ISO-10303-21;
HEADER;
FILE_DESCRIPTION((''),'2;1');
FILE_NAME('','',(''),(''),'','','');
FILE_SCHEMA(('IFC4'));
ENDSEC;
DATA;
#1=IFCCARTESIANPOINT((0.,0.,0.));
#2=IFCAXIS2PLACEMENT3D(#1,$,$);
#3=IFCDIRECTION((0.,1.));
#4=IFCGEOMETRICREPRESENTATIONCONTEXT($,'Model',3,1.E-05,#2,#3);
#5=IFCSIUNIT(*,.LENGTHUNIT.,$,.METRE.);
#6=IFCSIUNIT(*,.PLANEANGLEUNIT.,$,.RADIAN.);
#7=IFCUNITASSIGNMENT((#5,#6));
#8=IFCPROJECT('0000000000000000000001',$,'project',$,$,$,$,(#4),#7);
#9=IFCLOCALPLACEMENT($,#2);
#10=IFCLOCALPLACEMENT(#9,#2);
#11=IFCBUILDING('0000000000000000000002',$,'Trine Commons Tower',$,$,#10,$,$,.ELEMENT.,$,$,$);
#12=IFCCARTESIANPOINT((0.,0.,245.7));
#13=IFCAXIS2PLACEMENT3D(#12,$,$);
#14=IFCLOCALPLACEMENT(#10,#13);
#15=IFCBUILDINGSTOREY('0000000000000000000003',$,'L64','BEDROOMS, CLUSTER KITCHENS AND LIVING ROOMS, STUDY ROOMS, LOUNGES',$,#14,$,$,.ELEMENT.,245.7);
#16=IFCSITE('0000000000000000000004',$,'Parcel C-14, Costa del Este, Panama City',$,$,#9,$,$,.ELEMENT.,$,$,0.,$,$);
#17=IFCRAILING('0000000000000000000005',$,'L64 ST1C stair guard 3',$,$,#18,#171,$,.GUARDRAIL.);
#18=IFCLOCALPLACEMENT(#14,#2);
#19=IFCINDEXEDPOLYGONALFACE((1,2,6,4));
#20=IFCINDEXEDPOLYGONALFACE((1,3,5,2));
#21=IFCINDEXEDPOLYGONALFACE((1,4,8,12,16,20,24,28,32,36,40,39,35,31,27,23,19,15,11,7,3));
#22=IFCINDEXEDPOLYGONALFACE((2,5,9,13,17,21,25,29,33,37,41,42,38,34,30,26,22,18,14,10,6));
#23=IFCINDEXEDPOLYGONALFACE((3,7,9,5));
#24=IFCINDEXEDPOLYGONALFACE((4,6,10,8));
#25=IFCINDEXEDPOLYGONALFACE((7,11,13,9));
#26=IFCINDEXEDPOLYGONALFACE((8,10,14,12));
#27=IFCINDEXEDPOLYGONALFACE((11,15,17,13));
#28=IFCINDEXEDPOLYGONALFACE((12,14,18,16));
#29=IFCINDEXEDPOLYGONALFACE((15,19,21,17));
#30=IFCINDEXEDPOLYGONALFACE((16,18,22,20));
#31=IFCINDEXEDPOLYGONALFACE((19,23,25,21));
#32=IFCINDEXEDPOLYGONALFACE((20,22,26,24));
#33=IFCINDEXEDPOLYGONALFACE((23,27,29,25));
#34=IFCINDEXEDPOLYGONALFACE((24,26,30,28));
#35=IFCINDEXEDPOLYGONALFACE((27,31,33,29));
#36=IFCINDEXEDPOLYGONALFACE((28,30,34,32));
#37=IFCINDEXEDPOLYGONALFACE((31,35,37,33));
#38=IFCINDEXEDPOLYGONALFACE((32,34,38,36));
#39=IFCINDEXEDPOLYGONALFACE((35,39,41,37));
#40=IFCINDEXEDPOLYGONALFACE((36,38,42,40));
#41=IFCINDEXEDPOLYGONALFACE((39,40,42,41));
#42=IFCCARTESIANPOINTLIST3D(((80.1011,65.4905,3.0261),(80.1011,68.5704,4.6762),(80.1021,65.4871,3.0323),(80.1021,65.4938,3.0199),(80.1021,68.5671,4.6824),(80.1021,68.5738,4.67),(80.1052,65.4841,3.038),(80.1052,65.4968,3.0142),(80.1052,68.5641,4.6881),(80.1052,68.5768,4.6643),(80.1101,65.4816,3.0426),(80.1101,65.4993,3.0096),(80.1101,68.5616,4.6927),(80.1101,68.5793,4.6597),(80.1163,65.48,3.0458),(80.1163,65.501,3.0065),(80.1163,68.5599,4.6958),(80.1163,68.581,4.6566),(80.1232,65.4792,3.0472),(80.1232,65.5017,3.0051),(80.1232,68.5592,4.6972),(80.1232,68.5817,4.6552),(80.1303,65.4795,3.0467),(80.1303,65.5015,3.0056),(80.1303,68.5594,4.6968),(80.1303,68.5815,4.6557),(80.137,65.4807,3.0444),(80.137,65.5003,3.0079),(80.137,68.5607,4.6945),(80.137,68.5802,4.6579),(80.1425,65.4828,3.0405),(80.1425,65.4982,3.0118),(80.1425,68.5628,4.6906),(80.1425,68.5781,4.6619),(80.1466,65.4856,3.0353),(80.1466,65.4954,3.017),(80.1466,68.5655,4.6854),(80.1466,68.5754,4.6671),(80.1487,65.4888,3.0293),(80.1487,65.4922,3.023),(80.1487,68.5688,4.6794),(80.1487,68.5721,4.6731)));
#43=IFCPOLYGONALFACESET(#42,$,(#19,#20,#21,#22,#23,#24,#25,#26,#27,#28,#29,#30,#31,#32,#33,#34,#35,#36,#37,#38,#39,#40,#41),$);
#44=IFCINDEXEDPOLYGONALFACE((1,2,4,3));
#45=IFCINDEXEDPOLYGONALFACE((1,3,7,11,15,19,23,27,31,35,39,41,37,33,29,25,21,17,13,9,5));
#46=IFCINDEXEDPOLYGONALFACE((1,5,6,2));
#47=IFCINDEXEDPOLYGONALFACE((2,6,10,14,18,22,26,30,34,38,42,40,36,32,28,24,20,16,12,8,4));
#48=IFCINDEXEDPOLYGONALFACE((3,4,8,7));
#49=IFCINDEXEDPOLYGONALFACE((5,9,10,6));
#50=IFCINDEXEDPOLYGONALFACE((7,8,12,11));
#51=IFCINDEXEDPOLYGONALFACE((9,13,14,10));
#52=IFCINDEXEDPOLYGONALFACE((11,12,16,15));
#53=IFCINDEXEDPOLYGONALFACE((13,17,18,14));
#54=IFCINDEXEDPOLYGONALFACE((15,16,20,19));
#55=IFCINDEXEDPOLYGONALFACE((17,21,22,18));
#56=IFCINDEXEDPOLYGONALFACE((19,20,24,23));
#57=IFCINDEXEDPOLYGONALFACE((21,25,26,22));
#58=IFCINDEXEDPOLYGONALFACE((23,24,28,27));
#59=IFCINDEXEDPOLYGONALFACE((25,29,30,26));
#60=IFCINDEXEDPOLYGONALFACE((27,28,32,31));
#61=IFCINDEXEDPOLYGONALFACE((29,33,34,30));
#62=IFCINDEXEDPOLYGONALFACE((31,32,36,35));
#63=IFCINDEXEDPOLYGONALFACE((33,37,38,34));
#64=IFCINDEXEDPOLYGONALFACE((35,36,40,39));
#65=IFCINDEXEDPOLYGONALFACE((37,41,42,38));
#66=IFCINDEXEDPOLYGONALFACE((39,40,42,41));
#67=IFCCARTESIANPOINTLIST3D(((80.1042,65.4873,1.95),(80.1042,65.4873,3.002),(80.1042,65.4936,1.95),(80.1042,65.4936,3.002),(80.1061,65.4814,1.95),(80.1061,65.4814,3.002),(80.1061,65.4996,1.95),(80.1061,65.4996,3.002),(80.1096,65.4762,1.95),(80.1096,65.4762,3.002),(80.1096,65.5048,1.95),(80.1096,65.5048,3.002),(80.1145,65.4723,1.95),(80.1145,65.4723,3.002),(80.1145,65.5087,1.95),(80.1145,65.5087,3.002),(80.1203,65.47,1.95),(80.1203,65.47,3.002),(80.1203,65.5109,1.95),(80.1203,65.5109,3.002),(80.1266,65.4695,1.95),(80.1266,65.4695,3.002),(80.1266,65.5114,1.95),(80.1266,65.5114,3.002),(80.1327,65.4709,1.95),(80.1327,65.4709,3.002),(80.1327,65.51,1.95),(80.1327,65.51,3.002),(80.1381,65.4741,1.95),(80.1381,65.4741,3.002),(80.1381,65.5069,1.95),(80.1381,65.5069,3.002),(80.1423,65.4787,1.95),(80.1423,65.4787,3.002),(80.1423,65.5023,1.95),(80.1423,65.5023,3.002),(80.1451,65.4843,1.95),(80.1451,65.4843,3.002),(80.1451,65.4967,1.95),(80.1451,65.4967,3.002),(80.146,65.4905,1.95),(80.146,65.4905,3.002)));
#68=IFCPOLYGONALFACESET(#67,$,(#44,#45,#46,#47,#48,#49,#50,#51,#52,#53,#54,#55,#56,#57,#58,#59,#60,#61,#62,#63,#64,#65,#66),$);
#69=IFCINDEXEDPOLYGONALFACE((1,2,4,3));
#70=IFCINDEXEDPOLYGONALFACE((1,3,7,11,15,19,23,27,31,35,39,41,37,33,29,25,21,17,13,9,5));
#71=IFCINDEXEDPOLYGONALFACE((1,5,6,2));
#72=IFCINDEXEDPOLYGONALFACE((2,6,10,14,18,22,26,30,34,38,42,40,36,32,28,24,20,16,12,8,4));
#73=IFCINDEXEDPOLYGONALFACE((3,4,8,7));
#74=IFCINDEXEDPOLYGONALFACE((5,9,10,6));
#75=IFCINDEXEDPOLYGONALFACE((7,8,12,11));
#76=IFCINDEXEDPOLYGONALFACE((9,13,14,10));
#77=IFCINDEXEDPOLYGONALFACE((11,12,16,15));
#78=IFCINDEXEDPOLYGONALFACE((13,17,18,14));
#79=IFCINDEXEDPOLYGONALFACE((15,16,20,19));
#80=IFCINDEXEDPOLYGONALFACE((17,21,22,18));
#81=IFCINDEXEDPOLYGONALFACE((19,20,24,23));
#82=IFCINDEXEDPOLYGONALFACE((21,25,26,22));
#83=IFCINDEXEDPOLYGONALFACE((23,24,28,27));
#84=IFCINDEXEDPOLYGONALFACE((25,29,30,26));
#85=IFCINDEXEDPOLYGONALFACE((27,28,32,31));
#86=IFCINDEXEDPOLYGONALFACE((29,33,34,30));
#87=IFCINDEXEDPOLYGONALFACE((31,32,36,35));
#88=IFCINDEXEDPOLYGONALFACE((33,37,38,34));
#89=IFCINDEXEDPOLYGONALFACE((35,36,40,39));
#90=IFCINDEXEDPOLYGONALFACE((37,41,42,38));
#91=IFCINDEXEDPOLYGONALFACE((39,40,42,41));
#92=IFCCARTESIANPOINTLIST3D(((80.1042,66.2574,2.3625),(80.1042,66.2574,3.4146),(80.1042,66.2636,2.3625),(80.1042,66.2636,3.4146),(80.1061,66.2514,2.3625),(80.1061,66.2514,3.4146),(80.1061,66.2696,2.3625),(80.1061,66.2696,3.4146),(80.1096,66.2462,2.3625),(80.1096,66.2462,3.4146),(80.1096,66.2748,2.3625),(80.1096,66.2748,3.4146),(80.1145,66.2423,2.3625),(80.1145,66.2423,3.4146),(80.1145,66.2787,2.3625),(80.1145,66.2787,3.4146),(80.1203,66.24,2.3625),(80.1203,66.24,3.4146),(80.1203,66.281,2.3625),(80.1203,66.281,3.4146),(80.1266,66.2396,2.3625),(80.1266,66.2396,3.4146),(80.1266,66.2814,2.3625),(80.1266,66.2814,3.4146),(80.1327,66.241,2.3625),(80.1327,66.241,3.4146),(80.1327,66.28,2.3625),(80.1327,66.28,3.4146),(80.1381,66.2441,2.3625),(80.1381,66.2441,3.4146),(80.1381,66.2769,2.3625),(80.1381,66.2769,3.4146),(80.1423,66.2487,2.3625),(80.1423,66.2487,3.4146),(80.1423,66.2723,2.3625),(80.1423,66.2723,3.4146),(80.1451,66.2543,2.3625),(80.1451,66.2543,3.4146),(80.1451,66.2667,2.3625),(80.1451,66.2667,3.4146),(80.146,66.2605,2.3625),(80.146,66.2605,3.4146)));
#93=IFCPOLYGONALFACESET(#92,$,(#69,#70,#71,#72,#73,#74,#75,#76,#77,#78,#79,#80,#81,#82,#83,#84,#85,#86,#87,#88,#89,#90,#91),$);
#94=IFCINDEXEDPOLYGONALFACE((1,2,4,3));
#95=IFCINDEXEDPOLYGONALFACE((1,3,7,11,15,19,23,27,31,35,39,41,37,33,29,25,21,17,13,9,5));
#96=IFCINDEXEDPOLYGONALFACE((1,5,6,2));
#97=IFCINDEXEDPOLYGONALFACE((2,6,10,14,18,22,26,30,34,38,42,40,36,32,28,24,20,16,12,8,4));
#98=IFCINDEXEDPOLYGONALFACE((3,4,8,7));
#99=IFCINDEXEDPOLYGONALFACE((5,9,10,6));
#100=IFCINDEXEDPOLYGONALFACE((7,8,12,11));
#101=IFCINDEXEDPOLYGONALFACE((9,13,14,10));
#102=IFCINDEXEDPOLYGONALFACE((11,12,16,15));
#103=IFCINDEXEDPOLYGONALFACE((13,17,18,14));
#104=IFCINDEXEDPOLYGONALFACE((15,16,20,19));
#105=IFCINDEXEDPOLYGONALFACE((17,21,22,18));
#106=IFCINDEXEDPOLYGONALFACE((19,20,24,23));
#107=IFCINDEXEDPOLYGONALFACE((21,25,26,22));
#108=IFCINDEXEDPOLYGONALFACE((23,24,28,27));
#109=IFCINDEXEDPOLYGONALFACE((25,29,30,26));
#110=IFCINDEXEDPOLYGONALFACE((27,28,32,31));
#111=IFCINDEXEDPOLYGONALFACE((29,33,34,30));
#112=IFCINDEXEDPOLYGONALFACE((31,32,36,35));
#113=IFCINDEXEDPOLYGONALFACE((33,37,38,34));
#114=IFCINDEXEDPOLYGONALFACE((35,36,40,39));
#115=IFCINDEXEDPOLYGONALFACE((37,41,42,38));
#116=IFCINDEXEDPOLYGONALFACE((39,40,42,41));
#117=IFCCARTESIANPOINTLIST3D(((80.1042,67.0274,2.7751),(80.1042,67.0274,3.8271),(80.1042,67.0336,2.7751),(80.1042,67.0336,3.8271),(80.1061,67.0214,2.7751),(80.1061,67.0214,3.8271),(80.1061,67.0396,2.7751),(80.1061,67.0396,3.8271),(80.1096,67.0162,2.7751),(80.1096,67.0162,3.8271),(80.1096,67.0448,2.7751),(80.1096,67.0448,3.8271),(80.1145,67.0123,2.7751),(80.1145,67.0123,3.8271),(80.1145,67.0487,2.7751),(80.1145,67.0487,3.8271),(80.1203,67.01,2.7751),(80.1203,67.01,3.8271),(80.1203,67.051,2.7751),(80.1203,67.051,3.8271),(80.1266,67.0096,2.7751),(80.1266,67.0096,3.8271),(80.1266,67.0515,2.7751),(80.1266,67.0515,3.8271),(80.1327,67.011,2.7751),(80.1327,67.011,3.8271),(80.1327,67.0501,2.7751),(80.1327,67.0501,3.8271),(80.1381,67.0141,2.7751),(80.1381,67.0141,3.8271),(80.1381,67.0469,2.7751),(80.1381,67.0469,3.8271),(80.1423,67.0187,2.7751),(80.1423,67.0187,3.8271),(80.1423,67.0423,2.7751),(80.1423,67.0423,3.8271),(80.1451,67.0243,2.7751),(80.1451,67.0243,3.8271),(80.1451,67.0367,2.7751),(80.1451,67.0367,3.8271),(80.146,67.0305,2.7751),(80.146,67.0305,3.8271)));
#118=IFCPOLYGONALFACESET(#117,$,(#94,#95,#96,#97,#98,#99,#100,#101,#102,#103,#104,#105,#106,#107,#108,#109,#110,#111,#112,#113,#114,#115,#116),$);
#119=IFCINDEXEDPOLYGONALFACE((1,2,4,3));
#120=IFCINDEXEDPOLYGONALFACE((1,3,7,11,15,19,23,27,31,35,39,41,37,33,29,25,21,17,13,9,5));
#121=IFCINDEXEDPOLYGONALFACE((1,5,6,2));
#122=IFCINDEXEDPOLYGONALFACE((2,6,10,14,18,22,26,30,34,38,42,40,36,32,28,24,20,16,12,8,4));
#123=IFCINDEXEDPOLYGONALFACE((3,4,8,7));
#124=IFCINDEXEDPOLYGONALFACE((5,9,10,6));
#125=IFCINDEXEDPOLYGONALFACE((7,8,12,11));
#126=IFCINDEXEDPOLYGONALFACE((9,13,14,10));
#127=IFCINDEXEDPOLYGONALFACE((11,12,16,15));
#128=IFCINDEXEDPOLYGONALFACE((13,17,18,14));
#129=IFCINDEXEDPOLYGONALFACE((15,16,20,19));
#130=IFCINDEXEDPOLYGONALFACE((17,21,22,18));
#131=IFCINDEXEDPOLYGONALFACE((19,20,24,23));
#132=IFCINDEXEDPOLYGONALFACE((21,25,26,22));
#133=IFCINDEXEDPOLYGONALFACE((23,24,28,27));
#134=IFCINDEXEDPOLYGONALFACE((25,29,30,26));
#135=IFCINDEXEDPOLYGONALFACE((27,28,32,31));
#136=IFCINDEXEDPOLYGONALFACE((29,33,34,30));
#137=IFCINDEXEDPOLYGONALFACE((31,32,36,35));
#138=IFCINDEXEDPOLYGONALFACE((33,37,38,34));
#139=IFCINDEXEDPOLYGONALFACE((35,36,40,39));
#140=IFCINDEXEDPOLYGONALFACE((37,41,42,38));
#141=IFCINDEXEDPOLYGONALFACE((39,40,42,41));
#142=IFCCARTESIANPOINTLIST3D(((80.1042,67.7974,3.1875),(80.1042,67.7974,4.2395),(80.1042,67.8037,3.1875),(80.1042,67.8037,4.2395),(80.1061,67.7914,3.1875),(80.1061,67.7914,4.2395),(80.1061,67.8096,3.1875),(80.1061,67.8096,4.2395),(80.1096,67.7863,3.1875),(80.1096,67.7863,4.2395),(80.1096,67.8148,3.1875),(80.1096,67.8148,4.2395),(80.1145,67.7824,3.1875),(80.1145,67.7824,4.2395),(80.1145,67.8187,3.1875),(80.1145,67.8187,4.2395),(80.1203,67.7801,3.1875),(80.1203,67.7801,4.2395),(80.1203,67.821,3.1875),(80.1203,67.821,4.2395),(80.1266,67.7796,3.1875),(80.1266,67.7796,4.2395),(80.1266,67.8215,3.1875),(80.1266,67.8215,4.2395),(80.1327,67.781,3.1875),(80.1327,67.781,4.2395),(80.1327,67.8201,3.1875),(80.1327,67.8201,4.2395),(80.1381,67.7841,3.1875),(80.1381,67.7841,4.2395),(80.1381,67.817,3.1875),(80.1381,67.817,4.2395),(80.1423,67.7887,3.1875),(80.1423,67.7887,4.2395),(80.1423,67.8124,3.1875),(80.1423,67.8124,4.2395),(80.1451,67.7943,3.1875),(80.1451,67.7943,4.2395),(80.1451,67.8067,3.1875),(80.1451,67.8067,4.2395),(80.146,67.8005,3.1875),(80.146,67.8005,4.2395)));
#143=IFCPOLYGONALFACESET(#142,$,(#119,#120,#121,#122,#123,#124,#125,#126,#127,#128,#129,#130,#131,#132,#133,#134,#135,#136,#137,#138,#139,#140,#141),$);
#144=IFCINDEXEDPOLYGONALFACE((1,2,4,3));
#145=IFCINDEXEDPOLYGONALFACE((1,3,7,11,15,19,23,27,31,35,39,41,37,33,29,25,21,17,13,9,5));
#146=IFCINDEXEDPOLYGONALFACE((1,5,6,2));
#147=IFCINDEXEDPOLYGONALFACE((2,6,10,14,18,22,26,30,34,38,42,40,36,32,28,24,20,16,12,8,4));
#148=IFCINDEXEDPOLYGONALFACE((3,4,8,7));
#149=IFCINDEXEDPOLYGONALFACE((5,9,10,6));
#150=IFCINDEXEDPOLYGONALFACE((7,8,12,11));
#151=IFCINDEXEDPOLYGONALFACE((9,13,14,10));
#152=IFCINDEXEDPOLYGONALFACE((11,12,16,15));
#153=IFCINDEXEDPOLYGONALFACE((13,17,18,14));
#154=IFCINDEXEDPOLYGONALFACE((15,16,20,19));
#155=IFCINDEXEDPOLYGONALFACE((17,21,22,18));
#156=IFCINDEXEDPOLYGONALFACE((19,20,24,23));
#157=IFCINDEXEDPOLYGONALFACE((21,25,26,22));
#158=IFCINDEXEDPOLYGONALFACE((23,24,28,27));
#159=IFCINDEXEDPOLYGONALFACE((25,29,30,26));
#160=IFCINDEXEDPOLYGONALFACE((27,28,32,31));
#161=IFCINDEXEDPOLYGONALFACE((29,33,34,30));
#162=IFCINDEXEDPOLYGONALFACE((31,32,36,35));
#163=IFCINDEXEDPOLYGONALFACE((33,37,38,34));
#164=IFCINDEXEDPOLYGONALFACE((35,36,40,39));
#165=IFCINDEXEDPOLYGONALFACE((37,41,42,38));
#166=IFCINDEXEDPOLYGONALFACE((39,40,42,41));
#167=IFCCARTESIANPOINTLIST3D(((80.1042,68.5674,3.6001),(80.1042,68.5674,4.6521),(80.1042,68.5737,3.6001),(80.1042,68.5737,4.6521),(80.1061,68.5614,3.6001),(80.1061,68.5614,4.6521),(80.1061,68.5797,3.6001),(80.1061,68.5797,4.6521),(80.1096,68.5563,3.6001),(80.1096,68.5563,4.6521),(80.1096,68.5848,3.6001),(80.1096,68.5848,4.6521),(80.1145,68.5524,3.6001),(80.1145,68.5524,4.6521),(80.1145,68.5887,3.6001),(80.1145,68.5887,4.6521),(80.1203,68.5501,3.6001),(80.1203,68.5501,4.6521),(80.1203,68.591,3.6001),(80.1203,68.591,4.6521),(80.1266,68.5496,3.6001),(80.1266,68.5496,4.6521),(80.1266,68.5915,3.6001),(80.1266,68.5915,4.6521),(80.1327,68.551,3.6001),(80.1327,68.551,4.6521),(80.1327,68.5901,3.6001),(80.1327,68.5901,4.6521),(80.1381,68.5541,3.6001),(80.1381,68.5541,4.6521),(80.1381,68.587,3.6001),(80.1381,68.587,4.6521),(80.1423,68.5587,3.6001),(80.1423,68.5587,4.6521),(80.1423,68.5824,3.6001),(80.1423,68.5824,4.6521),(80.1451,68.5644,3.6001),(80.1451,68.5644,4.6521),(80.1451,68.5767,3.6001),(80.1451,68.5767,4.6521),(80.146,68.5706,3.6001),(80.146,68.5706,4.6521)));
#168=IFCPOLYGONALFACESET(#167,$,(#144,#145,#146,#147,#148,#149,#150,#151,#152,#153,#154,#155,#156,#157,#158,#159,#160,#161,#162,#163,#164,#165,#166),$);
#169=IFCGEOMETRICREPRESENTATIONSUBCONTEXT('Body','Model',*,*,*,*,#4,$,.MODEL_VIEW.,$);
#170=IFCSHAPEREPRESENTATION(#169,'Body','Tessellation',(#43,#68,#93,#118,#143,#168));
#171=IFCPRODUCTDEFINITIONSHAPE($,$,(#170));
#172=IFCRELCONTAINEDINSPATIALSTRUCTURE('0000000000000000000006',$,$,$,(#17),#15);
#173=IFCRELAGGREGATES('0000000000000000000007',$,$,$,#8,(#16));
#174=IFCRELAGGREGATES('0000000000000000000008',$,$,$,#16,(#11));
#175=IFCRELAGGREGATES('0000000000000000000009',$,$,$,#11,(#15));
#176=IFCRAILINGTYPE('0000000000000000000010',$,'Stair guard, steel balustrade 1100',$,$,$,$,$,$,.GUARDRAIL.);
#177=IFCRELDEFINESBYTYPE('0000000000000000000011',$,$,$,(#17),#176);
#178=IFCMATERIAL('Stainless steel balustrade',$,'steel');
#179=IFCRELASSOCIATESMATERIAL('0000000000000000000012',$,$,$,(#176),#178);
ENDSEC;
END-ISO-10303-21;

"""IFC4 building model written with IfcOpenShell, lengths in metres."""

from ifc_helpers import new_model, si_unit, direction, frame, origin, origin_2d, place, context, subcontext, project, spatial, circle, extrude, material, type_object, element, save


model = new_model("IFC4")

# Units and contexts
model_context = context("Model", 3, precision=1e-05, world=origin(), true_north=direction((0.0, 1.0)))
body_context = subcontext(model_context, "Body", "Model", "MODEL_VIEW")
ifc_project = project(units=[si_unit("LENGTHUNIT", "METRE"), si_unit("PLANEANGLEUNIT", "RADIAN")], contexts=[model_context])

# Site, building, storey
site_placement = place(None, origin())
site = spatial("IfcSite", under=ifc_project, at=site_placement, Name="Parcel C-14, Costa del Este, Panama City", CompositionType="ELEMENT", RefElevation=0.0)
building_placement = place(site_placement, origin())
building = spatial("IfcBuilding", under=site, at=building_placement, Name="Trine Commons Tower", CompositionType="ELEMENT")
storey_placement = place(building_placement, frame((0.0, 0.0, 245.7)))
storey = spatial("IfcBuildingStorey", under=building, at=storey_placement, Name="L64", Description="BEDROOMS, CLUSTER KITCHENS AND LIVING ROOMS, STUDY ROOMS, LOUNGES", CompositionType="ELEMENT", Elevation=245.7)

# Railing
ifc_material_1 = material(Name="Stainless steel balustrade", Category="steel")
railing_type_1 = type_object("IfcRailingType", Name="Stair guard, steel balustrade 1100", PredefinedType="GUARDRAIL", material=ifc_material_1)
railing_1_placement = place(storey_placement, frame((80.125, 65.4905, 1.95)))
element("IfcRailing", 1, at=railing_1_placement, inside=storey, type_object=railing_type_1, Name="L64 ST1C stair guard 3", PredefinedType="GUARDRAIL", context=body_context, shape_type="SweptSolid", body=[
    extrude(circle(Radius=0.0239, at=origin_2d()), frame((0.0, 0.0, 1.0762), z_axis=(0.0, 0.881468, 0.472245), x_axis=(-1.0, 0.0, 0.0)), (0.0, 0.0, 1.0), 3.4941),
    extrude(circle(Radius=0.021, at=origin_2d()), origin(), (0.0, 0.0, 1.0), 1.052),
    extrude(circle(Radius=0.021, at=origin_2d()), frame((0.0, 0.77, 0.4126)), (0.0, 0.0, 1.0), 1.052),
    extrude(circle(Radius=0.021, at=origin_2d()), frame((0.0, 1.54, 0.8252)), (0.0, 0.0, 1.0), 1.052),
    extrude(circle(Radius=0.021, at=origin_2d()), frame((0.0, 2.3101, 1.2375)), (0.0, 0.0, 1.0), 1.052),
    extrude(circle(Radius=0.021, at=origin_2d()), frame((0.0, 3.0801, 1.6501)), (0.0, 0.0, 1.0), 1.052),
])

save(model, "model.ifc")
